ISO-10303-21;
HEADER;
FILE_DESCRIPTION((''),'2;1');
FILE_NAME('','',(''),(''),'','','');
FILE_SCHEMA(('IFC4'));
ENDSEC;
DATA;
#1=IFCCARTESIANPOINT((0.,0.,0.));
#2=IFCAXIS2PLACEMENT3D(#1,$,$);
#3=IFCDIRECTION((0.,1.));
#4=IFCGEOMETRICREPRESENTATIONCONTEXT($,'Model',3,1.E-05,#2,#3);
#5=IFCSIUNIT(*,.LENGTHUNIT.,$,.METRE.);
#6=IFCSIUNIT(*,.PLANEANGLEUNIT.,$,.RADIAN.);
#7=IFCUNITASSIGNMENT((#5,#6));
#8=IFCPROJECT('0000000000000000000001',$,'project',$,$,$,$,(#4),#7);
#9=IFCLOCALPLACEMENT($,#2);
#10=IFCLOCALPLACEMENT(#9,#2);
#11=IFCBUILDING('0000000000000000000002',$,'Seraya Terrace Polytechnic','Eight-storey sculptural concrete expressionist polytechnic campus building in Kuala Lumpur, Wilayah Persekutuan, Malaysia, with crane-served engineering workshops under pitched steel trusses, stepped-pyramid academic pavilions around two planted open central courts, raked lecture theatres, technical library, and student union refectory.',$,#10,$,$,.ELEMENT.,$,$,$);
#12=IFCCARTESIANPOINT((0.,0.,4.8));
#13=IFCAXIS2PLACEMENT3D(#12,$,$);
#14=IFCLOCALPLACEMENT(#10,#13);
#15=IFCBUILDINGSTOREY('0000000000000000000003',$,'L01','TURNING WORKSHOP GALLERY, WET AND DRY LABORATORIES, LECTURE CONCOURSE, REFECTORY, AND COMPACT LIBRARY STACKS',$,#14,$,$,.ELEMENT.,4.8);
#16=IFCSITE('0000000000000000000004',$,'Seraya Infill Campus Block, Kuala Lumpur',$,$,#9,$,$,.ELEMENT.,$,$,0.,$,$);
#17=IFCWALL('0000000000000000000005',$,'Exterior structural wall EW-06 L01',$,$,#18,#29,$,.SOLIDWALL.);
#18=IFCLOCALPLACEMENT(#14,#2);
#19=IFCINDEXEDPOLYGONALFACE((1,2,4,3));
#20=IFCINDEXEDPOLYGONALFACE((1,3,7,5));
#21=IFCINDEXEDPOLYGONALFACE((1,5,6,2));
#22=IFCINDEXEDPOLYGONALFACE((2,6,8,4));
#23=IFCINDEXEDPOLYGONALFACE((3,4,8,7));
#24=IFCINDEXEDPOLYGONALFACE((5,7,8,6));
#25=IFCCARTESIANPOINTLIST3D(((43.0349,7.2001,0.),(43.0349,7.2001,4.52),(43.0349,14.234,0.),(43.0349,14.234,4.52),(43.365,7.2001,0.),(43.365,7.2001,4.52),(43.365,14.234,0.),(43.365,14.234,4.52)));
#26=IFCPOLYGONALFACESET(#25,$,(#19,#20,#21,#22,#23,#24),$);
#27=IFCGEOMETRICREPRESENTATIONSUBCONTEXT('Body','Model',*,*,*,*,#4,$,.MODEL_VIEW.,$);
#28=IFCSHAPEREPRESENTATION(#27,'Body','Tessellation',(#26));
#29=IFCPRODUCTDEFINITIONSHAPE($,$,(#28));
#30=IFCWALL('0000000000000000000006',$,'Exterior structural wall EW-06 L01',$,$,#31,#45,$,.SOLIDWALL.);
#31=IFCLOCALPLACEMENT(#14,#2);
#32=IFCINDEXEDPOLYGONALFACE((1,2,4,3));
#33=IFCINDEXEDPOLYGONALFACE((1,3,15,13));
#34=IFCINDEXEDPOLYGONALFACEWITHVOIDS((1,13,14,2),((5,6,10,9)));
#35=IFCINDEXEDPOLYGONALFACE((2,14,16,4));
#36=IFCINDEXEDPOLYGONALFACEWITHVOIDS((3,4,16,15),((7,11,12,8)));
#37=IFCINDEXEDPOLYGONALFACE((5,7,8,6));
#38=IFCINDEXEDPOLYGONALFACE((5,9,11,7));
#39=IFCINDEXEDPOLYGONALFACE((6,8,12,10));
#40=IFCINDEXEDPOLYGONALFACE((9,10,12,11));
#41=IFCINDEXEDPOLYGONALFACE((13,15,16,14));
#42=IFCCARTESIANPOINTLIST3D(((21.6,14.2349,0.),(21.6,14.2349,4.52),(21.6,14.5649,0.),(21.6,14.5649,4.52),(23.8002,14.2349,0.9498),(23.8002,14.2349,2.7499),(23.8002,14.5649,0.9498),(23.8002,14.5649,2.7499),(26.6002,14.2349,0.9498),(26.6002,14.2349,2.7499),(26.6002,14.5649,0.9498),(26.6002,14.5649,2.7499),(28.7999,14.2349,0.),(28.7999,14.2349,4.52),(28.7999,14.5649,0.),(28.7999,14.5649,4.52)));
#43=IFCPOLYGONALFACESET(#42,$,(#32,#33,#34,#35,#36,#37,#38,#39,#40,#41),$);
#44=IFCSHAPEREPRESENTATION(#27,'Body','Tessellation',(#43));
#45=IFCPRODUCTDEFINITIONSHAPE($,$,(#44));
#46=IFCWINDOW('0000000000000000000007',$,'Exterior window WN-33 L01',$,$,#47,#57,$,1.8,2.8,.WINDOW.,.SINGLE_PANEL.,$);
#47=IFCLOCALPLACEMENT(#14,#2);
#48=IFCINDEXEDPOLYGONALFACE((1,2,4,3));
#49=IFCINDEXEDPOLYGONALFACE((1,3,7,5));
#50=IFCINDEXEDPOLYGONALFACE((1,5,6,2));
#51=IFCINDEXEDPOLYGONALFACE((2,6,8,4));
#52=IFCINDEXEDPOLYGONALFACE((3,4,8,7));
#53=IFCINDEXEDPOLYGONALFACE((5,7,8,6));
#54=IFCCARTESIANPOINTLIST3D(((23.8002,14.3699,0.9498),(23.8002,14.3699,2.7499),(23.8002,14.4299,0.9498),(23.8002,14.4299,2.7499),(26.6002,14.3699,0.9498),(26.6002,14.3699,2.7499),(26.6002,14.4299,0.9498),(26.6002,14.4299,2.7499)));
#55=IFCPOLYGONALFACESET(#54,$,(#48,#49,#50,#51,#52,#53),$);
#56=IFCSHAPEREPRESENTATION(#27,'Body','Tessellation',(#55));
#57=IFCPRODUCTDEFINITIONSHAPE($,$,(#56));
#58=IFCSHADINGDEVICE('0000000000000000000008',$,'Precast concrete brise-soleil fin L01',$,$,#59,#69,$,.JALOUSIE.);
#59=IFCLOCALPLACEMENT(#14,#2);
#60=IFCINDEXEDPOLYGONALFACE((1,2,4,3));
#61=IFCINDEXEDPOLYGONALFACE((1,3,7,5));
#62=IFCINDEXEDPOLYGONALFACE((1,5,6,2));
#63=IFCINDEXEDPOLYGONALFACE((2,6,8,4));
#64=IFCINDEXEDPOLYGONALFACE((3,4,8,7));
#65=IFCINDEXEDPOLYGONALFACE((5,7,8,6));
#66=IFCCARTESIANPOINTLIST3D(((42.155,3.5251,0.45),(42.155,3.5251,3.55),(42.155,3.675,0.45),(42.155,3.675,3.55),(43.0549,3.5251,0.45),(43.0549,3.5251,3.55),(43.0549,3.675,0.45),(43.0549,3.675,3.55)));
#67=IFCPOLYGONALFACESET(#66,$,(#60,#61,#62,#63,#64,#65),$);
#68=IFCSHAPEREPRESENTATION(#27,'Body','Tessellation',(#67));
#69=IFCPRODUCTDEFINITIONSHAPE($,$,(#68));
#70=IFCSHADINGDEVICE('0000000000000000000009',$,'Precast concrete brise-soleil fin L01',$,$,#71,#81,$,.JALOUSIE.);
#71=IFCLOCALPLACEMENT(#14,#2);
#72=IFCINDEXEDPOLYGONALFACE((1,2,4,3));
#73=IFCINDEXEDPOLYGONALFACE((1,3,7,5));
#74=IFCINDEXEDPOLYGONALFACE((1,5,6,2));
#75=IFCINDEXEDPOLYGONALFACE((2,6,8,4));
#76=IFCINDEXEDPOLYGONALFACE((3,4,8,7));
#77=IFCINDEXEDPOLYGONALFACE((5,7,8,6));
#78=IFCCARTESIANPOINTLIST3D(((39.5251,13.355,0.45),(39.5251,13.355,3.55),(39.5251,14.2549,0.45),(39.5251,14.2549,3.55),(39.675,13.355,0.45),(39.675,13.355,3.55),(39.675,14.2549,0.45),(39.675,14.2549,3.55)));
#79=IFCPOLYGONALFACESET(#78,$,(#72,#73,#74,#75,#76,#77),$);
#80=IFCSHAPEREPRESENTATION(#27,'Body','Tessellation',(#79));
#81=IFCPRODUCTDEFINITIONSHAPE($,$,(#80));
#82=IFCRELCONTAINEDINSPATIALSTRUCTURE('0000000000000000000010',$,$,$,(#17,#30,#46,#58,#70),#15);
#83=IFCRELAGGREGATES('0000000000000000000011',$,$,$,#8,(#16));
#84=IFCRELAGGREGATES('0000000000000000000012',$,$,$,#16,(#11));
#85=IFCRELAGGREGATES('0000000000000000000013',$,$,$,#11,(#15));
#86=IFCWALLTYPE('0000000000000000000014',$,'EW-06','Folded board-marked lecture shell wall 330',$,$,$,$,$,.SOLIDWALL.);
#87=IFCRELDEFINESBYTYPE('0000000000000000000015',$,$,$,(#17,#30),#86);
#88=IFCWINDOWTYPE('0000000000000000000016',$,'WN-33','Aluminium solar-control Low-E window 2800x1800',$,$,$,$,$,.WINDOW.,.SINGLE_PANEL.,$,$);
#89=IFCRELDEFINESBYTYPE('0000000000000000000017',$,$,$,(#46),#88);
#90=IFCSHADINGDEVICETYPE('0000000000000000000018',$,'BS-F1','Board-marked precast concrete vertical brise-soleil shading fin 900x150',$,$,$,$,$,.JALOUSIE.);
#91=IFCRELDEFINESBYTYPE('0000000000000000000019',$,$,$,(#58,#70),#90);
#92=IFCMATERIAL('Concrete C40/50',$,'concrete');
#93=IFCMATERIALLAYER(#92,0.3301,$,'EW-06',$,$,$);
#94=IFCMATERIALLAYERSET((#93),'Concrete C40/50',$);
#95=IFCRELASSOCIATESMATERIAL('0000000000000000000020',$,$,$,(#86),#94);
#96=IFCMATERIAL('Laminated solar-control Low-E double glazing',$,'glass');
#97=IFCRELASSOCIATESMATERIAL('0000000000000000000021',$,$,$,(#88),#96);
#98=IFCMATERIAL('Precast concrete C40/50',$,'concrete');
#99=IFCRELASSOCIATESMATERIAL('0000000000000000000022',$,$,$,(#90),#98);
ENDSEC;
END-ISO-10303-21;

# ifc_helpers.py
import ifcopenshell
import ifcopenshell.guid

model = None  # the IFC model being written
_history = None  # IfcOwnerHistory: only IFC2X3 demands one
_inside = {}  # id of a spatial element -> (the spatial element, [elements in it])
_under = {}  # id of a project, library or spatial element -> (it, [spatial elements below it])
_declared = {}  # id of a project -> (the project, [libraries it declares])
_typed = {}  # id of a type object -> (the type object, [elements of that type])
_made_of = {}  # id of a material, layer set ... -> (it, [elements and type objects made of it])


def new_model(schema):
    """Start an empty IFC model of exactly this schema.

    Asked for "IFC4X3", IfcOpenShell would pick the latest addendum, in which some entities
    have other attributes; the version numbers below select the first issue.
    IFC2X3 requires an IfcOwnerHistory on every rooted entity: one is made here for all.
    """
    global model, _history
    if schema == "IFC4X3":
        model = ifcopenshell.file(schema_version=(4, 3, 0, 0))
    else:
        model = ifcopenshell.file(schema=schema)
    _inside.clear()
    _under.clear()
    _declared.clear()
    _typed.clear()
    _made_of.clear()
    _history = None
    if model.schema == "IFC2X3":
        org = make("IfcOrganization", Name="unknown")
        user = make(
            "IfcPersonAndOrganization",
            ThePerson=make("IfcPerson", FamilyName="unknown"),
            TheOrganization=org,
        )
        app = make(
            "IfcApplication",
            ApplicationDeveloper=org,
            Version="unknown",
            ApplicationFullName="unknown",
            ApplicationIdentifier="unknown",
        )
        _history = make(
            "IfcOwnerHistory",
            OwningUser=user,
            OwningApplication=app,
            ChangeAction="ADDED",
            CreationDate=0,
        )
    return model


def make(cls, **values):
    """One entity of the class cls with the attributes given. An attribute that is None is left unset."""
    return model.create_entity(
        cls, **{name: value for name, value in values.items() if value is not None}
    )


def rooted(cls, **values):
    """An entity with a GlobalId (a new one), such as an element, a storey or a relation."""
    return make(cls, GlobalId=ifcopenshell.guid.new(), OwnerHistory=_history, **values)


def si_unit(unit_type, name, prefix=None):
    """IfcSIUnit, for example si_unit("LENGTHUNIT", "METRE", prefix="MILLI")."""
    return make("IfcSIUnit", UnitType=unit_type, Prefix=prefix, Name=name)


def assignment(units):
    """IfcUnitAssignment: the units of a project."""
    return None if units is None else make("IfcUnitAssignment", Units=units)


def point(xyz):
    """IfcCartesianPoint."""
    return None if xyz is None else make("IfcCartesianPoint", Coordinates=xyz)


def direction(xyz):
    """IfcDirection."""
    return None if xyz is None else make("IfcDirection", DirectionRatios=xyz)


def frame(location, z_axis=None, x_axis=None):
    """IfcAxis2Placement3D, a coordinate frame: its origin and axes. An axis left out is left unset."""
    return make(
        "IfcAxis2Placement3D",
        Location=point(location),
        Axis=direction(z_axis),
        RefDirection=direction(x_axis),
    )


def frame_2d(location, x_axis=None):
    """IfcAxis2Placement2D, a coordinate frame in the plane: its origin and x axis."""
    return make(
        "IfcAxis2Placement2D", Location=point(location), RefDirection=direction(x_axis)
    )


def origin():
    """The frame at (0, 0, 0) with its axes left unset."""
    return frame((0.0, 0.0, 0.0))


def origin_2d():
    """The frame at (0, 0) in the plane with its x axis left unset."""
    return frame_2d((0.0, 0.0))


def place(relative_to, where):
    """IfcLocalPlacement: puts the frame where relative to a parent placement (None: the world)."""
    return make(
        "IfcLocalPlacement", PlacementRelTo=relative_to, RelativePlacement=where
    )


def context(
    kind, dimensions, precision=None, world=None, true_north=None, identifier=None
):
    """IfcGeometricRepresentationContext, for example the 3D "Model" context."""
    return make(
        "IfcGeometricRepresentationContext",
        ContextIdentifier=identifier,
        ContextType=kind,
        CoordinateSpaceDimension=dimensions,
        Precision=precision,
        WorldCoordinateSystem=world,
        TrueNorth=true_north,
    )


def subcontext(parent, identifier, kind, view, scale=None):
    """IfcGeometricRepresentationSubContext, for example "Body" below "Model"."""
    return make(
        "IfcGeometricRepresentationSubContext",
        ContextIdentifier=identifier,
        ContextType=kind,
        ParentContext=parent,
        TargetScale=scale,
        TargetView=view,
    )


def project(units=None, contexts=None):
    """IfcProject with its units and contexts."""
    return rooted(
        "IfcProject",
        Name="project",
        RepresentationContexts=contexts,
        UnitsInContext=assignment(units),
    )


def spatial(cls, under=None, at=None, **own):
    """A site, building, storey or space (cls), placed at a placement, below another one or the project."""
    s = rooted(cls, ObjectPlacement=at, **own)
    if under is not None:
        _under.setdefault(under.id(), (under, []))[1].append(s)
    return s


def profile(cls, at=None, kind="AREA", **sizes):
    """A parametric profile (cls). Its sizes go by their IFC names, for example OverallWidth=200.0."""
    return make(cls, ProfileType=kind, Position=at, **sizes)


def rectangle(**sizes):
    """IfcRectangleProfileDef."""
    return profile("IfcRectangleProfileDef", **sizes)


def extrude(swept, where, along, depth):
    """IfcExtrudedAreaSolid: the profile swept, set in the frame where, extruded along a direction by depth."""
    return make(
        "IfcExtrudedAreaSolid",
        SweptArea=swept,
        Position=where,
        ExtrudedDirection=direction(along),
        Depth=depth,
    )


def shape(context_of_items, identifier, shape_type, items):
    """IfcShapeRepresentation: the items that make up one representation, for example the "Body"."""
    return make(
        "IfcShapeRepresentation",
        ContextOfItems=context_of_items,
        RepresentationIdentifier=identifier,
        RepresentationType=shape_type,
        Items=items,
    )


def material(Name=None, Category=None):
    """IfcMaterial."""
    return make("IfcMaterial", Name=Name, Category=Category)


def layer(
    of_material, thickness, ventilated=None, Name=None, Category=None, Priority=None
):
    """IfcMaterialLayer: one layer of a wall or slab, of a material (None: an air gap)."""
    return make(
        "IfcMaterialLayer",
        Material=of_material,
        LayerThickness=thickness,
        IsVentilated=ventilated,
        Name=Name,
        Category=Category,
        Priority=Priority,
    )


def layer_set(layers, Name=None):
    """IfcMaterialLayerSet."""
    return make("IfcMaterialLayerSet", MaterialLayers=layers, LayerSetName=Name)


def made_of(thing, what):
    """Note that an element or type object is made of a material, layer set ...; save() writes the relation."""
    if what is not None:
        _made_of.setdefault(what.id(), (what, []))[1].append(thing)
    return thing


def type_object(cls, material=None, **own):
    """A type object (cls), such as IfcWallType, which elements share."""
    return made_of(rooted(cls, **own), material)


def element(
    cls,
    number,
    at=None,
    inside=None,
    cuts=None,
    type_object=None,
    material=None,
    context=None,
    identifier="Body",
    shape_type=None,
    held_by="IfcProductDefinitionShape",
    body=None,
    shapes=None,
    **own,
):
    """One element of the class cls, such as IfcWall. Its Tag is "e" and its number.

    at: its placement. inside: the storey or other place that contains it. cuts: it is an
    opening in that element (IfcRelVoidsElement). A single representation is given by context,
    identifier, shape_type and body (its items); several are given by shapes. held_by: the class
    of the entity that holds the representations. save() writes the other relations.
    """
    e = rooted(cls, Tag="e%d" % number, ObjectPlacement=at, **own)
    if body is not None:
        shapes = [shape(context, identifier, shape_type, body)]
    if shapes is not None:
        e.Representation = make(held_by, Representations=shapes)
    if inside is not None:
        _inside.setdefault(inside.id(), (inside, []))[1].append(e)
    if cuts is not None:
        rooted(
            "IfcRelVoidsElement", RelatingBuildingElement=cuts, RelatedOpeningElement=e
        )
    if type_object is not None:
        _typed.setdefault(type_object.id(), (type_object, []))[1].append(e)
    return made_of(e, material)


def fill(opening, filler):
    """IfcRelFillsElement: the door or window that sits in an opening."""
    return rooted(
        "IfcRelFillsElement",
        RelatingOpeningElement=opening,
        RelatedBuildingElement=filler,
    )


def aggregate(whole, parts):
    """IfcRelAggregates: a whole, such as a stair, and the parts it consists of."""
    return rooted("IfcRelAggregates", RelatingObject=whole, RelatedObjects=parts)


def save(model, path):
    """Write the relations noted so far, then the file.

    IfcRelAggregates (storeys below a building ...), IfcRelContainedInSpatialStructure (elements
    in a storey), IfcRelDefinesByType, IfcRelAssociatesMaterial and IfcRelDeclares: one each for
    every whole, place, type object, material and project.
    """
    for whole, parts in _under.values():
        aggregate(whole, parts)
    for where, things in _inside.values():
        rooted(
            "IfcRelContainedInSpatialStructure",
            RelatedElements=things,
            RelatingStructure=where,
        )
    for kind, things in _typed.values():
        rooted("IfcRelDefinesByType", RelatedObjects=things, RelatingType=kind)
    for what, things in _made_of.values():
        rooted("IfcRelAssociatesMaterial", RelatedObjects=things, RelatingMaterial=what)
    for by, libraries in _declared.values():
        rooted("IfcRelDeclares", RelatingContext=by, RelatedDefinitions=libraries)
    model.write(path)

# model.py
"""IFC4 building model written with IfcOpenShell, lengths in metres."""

from ifc_helpers import new_model, si_unit, direction, frame, frame_2d, origin, origin_2d, place, context, subcontext, project, spatial, rectangle, extrude, material, layer, layer_set, type_object, element, fill, save


model = new_model("IFC4")

# Units and contexts
model_context = context("Model", 3, precision=1e-05, world=origin(), true_north=direction((0.0, 1.0)))
body_context = subcontext(model_context, "Body", "Model", "MODEL_VIEW")
ifc_project = project(units=[si_unit("LENGTHUNIT", "METRE"), si_unit("PLANEANGLEUNIT", "RADIAN")], contexts=[model_context])

# Site, building, storey
site_placement = place(None, origin())
site = spatial("IfcSite", under=ifc_project, at=site_placement, Name="Seraya Infill Campus Block, Kuala Lumpur", CompositionType="ELEMENT", RefElevation=0.0)
building_placement = place(site_placement, origin())
building = spatial("IfcBuilding", under=site, at=building_placement, Name="Seraya Terrace Polytechnic", Description="Eight-storey sculptural concrete expressionist polytechnic campus building in Kuala Lumpur, Wilayah Persekutuan, Malaysia, with crane-served engineering workshops under pitched steel trusses, stepped-pyramid academic pavilions around two planted open central courts, raked lecture theatres, technical library, and student union refectory.", CompositionType="ELEMENT")
storey_placement = place(building_placement, frame((0.0, 0.0, 4.8)))
storey = spatial("IfcBuildingStorey", under=building, at=storey_placement, Name="L01", Description="TURNING WORKSHOP GALLERY, WET AND DRY LABORATORIES, LECTURE CONCOURSE, REFECTORY, AND COMPACT LIBRARY STACKS", CompositionType="ELEMENT", Elevation=4.8)

# Shared definitions
ifc_material_1 = material(Name="Concrete C40/50", Category="concrete")

# Shared definitions
ifc_layer = layer(ifc_material_1, 0.3301, Name="EW-06")
ifc_layer_set = layer_set([ifc_layer], Name="Concrete C40/50")
wall_type = type_object("IfcWallType", Name="EW-06", Description="Folded board-marked lecture shell wall 330", PredefinedType="SOLIDWALL", material=ifc_layer_set)
ifc_material_2 = material(Name="Laminated solar-control Low-E double glazing", Category="glass")

# Wall
wall_1_placement = place(storey_placement, frame((43.2, 7.2, 0.0), z_axis=(0.0, 0.0, 1.0), x_axis=(0.0, 1.0, 0.0)))
element("IfcWall", 1, at=wall_1_placement, inside=storey, type_object=wall_type, Name="Exterior structural wall EW-06 L01", PredefinedType="SOLIDWALL", context=body_context, shape_type="SweptSolid", body=[
    extrude(rectangle(XDim=7.0339, YDim=0.3301, at=frame_2d((3.5171, 0.0))), origin(), (0.0, 0.0, 1.0), 4.52),
])

# Wall, opening, window
wall_2_placement = place(storey_placement, frame((28.8, 14.3999, 0.0), z_axis=(0.0, 0.0, 1.0), x_axis=(-1.0, 0.0, 0.0)))
wall_2 = element("IfcWall", 2, at=wall_2_placement, inside=storey, type_object=wall_type, Name="Exterior structural wall EW-06 L01", PredefinedType="SOLIDWALL", context=body_context, shape_type="SweptSolid", body=[
    extrude(rectangle(XDim=7.2, YDim=0.3301, at=frame_2d((3.6001, 0.0))), origin(), (0.0, 0.0, 1.0), 4.52),
])
opening_1_placement = place(wall_2_placement, frame((2.2, 0.0, 0.95)))
opening_1 = element("IfcOpeningElement", 3, at=opening_1_placement, cuts=wall_2, PredefinedType="OPENING", context=body_context, shape_type="SweptSolid", body=[
    extrude(rectangle(XDim=2.8, YDim=1.8, at=frame_2d((1.3999, 0.8999))), frame((0.0, 0.177, 0.0), z_axis=(0.0, -1.0, 0.0), x_axis=(1.0, 0.0, 0.0)), (0.0, 0.0, 1.0), 0.354),
])
window_type_1 = type_object("IfcWindowType", Name="WN-33", Description="Aluminium solar-control Low-E window 2800x1800", PartitioningType="SINGLE_PANEL", PredefinedType="WINDOW", material=ifc_material_2)
window_1_placement = place(opening_1_placement, origin())
window_1 = element("IfcWindow", 4, at=window_1_placement, inside=storey, type_object=window_type_1, Name="Exterior window WN-33 L01", OverallHeight=1.8, OverallWidth=2.8, PartitioningType="SINGLE_PANEL", PredefinedType="WINDOW", context=body_context, shape_type="SweptSolid", body=[
    extrude(rectangle(XDim=2.8, YDim=1.8, at=frame_2d((1.3999, 0.8999))), frame((0.0, 0.03, 0.0), z_axis=(0.0, -1.0, 0.0), x_axis=(1.0, 0.0, 0.0)), (0.0, 0.0, 1.0), 0.0601),
])
fill(opening_1, window_1)

# Shading devices
ifc_material_3 = material(Name="Precast concrete C40/50", Category="concrete")
shading_device_type = type_object("IfcShadingDeviceType", Name="BS-F1", Description="Board-marked precast concrete vertical brise-soleil shading fin 900x150", PredefinedType="JALOUSIE", material=ifc_material_3)
for number, where, z_axis, x_axis, name in (
    (5, (42.605, 3.6001, 0.45), (0.0, 0.0, 1.0), (-1.0, 0.0, 0.0), "Precast concrete brise-soleil fin L01"),
    (6, (39.6001, 13.8049, 0.45), (0.0, 0.0, 1.0), (0.0, -1.0, 0.0), "Precast concrete brise-soleil fin L01"),
):
    element("IfcShadingDevice", number, at=place(storey_placement, frame(where, z_axis=z_axis, x_axis=x_axis)), inside=storey, type_object=shading_device_type, Name=name, PredefinedType="JALOUSIE", context=body_context, shape_type="SweptSolid", body=[
        extrude(rectangle(XDim=0.8999, YDim=0.1499, at=origin_2d()), origin(), (0.0, 0.0, 1.0), 3.1001),
    ])

save(model, "model.ifc")
